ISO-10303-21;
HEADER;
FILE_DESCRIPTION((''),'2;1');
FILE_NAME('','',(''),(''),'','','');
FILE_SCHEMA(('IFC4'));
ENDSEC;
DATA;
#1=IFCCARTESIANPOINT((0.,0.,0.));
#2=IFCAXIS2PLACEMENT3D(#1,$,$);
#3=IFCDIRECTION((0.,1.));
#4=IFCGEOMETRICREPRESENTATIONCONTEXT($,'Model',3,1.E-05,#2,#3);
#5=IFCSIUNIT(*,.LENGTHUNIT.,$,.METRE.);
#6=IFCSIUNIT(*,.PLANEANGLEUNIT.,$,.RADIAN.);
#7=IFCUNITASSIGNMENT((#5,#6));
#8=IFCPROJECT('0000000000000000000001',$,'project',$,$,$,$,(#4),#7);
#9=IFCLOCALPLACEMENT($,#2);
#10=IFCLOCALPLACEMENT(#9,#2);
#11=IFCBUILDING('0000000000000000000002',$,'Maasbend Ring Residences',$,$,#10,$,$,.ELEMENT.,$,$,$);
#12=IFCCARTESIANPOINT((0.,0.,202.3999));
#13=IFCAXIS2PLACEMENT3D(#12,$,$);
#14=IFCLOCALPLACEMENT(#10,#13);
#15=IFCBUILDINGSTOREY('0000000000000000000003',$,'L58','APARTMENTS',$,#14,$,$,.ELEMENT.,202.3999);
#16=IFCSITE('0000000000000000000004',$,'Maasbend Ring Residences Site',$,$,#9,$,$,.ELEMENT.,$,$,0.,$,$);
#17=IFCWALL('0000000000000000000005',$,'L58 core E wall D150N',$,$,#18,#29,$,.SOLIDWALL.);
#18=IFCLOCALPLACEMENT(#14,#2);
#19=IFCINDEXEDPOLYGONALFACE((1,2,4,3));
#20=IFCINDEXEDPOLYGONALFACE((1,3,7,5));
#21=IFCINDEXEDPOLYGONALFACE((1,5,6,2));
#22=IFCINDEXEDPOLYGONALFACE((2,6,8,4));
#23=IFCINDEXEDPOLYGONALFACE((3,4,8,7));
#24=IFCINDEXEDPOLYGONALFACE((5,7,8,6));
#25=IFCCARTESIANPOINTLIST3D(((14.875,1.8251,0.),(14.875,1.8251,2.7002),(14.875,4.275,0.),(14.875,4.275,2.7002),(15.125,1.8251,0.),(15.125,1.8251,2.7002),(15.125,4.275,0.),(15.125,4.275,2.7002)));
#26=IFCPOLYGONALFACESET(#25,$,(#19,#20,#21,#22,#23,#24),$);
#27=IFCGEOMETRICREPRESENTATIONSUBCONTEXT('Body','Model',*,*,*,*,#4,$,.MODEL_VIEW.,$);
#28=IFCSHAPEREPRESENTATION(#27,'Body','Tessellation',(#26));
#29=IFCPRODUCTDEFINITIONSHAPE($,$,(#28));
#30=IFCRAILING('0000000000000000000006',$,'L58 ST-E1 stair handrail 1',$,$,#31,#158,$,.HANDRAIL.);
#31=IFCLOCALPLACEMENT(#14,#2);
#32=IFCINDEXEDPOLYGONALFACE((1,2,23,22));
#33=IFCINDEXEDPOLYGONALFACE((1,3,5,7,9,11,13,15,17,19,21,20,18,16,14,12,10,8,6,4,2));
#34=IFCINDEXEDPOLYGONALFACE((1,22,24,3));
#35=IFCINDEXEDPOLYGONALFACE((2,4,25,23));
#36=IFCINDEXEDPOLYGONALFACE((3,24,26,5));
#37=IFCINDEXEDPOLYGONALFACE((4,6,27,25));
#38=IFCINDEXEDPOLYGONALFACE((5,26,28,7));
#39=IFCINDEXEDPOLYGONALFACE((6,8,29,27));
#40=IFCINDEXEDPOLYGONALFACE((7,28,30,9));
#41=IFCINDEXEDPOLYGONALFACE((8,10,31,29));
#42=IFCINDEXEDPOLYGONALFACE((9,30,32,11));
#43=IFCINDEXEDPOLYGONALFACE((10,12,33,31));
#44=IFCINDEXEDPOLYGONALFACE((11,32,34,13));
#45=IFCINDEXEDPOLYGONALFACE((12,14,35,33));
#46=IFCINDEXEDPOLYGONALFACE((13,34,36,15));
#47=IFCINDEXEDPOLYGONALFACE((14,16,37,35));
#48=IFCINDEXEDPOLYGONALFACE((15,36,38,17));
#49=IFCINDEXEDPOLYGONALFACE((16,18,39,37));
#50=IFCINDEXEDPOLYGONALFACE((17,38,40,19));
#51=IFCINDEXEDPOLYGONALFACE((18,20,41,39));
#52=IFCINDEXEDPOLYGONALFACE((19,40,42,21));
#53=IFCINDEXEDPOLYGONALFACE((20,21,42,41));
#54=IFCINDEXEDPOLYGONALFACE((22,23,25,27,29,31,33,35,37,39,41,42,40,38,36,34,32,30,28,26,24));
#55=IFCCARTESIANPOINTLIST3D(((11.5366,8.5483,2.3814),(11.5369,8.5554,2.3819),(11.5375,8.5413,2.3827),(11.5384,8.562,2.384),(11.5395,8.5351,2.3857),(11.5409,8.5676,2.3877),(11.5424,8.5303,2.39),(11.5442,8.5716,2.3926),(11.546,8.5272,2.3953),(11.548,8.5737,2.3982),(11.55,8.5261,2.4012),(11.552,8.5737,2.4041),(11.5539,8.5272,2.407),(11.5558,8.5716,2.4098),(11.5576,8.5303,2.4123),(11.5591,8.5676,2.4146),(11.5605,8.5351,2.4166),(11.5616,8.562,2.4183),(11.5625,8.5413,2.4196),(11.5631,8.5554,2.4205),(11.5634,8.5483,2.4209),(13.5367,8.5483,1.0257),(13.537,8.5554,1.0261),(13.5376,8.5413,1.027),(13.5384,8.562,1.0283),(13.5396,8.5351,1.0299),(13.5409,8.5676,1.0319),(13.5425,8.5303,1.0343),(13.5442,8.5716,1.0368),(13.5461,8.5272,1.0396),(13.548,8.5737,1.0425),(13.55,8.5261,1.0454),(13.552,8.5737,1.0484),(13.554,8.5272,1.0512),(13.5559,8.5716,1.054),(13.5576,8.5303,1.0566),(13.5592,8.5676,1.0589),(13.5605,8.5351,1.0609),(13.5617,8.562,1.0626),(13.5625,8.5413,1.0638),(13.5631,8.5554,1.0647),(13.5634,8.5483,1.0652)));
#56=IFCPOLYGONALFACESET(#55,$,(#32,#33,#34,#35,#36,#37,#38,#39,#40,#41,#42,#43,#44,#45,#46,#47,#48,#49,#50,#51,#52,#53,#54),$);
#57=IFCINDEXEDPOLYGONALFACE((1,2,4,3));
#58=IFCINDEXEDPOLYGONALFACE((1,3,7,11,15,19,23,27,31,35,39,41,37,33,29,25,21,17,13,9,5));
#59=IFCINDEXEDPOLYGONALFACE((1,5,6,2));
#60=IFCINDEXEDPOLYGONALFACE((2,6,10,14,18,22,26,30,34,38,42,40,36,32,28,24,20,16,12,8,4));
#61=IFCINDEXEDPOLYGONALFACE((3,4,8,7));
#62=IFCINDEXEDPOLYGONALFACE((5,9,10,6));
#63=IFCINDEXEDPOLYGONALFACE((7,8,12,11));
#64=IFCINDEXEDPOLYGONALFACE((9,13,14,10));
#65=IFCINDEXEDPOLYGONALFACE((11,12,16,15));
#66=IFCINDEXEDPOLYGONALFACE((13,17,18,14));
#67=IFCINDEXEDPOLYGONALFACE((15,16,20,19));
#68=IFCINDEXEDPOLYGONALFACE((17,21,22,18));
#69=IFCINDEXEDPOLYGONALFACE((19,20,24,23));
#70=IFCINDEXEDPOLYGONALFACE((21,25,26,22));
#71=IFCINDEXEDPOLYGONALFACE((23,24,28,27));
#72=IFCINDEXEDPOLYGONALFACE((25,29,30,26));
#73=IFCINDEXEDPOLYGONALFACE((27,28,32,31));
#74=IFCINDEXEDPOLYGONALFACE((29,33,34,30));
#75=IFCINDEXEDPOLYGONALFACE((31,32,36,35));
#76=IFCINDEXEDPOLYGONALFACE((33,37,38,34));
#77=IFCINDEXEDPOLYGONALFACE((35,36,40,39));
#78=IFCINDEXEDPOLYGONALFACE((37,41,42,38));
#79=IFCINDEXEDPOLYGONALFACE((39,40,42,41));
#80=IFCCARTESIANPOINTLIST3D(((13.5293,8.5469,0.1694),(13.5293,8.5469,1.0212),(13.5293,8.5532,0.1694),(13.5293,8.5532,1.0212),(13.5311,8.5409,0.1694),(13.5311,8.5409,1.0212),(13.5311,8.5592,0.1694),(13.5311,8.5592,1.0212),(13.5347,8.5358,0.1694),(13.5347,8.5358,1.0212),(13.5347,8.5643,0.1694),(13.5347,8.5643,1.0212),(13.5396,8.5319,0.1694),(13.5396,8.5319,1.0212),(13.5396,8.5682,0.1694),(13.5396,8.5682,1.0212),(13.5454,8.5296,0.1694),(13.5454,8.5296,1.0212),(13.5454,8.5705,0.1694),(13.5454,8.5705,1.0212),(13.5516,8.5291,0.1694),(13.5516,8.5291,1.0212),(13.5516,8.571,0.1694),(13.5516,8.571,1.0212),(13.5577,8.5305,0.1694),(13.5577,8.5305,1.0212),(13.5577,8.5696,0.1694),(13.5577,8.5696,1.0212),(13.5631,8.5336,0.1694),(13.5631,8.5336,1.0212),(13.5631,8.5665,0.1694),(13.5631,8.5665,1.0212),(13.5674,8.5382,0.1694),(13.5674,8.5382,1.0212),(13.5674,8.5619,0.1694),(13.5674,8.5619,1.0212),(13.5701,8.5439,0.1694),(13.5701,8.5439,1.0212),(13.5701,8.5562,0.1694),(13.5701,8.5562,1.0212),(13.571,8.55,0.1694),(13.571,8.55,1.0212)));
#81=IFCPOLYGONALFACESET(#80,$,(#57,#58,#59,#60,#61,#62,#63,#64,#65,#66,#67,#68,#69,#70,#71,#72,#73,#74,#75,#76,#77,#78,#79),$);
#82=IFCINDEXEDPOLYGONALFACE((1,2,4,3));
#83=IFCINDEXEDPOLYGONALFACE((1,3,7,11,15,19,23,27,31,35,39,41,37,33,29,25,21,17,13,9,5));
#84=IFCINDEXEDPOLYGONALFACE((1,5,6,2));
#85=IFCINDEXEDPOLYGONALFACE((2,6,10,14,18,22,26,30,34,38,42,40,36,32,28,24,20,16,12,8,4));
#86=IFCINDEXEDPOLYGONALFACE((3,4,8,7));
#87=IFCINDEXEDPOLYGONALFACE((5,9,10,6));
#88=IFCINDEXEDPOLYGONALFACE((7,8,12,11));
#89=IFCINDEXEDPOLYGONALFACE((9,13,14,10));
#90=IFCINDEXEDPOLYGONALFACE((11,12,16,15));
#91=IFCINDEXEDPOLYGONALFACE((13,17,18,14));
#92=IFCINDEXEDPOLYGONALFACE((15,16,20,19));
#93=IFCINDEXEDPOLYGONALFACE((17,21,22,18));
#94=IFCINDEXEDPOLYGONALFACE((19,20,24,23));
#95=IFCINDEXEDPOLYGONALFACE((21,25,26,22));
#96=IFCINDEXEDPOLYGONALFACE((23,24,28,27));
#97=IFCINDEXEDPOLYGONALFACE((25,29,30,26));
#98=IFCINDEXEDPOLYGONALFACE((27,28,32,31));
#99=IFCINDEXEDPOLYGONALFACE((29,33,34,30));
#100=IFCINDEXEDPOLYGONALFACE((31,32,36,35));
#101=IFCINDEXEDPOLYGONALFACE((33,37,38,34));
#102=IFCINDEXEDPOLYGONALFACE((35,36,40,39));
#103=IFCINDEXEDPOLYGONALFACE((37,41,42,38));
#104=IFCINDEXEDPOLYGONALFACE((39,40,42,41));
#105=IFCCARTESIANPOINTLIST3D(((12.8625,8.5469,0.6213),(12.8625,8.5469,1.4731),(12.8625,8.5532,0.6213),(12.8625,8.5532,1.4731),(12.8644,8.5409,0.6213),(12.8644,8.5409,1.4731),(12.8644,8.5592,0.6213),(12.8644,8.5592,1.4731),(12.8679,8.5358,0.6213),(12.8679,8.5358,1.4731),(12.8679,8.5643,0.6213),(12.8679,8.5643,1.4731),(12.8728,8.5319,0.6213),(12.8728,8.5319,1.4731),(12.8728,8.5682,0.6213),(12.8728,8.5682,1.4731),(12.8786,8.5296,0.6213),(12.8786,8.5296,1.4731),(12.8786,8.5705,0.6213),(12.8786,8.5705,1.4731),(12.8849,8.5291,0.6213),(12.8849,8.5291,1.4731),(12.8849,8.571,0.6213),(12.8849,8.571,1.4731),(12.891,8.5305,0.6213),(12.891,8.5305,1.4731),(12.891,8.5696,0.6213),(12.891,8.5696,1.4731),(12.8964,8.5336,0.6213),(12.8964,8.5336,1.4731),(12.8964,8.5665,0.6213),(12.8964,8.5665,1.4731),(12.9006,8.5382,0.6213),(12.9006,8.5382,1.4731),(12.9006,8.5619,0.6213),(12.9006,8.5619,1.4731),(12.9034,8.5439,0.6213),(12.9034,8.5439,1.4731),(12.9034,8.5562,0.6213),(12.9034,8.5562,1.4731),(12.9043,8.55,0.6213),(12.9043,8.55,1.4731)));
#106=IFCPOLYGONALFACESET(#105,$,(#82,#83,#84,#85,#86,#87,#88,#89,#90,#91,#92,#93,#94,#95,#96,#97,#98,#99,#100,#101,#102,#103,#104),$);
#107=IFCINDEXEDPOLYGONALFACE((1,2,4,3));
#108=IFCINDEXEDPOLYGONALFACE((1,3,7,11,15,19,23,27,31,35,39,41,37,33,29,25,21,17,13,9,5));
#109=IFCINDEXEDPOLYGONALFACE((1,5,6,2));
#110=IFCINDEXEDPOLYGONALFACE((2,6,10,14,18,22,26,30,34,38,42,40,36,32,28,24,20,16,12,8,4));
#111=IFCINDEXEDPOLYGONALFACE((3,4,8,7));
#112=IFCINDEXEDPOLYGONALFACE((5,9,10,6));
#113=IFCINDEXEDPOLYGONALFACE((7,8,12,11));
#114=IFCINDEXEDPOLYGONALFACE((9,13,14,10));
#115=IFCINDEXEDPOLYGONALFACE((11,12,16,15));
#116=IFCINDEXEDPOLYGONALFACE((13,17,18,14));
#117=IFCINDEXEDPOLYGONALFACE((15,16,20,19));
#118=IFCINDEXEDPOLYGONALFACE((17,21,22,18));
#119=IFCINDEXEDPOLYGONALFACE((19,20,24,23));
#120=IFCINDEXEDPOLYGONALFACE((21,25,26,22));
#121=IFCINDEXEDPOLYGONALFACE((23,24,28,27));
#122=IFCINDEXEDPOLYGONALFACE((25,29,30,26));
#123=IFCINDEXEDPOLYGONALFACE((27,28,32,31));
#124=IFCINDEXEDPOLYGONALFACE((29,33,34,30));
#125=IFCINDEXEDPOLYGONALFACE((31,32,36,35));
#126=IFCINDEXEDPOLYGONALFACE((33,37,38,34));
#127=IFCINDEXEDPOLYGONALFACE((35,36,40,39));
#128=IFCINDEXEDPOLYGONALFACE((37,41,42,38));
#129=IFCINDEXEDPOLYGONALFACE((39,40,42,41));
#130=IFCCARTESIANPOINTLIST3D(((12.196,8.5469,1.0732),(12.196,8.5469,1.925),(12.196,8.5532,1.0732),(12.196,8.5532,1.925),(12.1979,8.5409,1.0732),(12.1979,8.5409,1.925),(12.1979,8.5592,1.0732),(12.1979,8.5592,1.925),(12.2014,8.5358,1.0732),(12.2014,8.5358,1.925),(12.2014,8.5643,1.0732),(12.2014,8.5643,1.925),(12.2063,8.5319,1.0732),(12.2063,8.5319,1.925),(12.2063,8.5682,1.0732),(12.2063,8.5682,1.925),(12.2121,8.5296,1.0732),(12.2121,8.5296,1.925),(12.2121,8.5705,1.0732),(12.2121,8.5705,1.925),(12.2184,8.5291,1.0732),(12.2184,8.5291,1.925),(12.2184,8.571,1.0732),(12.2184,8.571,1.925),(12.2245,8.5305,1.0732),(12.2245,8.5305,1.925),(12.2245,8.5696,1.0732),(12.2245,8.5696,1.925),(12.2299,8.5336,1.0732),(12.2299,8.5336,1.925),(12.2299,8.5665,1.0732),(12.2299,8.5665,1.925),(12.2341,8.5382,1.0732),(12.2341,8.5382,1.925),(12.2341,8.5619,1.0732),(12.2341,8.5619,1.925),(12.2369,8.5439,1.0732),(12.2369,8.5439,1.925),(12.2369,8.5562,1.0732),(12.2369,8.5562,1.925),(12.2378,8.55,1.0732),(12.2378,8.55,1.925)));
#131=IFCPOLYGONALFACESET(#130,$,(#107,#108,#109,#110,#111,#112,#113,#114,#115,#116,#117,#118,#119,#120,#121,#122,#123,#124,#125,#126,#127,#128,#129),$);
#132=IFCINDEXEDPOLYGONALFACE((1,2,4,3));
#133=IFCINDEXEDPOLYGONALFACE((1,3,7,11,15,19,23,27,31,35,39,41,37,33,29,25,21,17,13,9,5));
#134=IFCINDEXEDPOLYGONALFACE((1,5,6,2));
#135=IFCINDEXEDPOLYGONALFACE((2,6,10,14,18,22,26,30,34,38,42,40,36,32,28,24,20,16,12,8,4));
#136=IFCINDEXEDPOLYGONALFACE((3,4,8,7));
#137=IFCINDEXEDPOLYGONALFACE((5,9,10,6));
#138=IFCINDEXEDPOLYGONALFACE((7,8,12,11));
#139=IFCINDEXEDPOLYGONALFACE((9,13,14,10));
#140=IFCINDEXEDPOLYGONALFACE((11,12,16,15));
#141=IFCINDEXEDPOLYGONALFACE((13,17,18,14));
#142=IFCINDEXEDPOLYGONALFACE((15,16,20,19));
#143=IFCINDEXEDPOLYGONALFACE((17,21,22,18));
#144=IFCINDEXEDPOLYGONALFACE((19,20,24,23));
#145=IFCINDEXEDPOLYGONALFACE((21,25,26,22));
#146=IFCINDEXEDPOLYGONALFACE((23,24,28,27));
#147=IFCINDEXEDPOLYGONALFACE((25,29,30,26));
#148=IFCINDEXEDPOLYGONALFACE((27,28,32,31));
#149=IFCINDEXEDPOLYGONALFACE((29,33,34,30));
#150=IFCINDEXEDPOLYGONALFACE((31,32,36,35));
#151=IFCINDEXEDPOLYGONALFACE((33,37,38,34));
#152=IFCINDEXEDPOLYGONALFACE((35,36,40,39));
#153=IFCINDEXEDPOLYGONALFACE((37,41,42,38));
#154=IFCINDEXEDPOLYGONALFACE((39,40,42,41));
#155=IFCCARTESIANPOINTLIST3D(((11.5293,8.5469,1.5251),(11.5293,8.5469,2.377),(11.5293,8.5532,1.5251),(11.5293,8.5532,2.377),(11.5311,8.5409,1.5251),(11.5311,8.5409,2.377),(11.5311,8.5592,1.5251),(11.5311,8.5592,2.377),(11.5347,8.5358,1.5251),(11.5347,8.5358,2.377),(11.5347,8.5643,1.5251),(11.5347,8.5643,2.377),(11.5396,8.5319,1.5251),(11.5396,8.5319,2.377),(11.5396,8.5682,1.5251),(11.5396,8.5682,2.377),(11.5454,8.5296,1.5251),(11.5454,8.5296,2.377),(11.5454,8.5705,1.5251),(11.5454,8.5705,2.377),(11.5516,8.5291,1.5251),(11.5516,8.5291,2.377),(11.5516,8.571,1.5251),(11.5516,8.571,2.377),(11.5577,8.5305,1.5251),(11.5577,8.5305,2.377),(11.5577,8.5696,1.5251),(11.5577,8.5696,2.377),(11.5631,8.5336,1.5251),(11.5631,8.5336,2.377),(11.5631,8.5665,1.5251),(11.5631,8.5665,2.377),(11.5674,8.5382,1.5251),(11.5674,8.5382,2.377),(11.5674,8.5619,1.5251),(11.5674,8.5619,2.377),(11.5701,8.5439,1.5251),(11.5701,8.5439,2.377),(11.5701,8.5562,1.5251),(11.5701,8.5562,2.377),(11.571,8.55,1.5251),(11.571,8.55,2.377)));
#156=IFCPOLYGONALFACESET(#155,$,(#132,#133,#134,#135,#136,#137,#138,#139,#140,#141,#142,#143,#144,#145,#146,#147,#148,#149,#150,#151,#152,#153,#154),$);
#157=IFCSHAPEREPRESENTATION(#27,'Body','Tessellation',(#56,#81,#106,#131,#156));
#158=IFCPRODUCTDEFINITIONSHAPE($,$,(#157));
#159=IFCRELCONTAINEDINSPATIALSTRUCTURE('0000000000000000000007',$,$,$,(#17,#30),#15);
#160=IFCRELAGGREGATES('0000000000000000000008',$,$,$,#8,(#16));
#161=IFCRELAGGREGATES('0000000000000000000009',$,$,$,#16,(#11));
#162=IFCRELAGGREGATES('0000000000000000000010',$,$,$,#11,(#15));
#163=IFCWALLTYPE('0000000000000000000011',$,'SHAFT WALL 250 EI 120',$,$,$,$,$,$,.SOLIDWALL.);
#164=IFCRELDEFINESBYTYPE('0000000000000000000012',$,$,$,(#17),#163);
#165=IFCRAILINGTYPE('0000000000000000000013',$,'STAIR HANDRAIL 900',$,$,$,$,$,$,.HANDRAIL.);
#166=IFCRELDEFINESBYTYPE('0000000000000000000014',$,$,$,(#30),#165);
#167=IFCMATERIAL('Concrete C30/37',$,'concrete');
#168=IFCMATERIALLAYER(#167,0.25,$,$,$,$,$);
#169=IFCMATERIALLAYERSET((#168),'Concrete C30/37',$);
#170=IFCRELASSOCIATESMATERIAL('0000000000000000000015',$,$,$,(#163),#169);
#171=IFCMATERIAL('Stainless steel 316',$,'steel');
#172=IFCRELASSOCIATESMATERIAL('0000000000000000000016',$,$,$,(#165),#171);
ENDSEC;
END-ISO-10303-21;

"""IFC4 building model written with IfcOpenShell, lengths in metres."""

from ifc_helpers import new_model, si_unit, direction, frame, frame_2d, origin, origin_2d, place, context, subcontext, project, spatial, rectangle, circle, extrude, material, layer, layer_set, type_object, element, save


model = new_model("IFC4")

# Units and contexts
model_context = context("Model", 3, precision=1e-05, world=origin(), true_north=direction((0.0, 1.0)))
body_context = subcontext(model_context, "Body", "Model", "MODEL_VIEW")
ifc_project = project(units=[si_unit("LENGTHUNIT", "METRE"), si_unit("PLANEANGLEUNIT", "RADIAN")], contexts=[model_context])

# Site, building, storey
site_placement = place(None, origin())
site = spatial("IfcSite", under=ifc_project, at=site_placement, Name="Maasbend Ring Residences Site", CompositionType="ELEMENT", RefElevation=0.0)
building_placement = place(site_placement, origin())
building = spatial("IfcBuilding", under=site, at=building_placement, Name="Maasbend Ring Residences", CompositionType="ELEMENT")
storey_placement = place(building_placement, frame((0.0, 0.0, 202.3999)))
storey = spatial("IfcBuildingStorey", under=building, at=storey_placement, Name="L58", Description="APARTMENTS", CompositionType="ELEMENT", Elevation=202.3999)

# Wall
ifc_material_1 = material(Name="Concrete C30/37", Category="concrete")
ifc_layer_1 = layer(ifc_material_1, 0.25)
ifc_layer_set_1 = layer_set([ifc_layer_1], Name="Concrete C30/37")
wall_type_1 = type_object("IfcWallType", Name="SHAFT WALL 250 EI 120", PredefinedType="SOLIDWALL", material=ifc_layer_set_1)
wall_1_placement = place(storey_placement, frame((15.0, 1.825, 0.0), z_axis=(0.0, 0.0, 1.0), x_axis=(0.0, 1.0, 0.0)))
element("IfcWall", 1, at=wall_1_placement, inside=storey, type_object=wall_type_1, Name="L58 core E wall D150N", PredefinedType="SOLIDWALL", context=body_context, shape_type="SweptSolid", body=[
    extrude(rectangle(XDim=2.45, YDim=0.25, at=frame_2d((1.2251, 0.0))), origin(), (0.0, 0.0, 1.0), 2.7002),
])

# Railing
ifc_material_2 = material(Name="Stainless steel 316", Category="steel")
railing_type_1 = type_object("IfcRailingType", Name="STAIR HANDRAIL 900", PredefinedType="HANDRAIL", material=ifc_material_2)
railing_1_placement = place(storey_placement, frame((13.55, 8.55, 0.1694)))
element("IfcRailing", 2, at=railing_1_placement, inside=storey, type_object=railing_type_1, Name="L58 ST-E1 stair handrail 1", PredefinedType="HANDRAIL", context=body_context, shape_type="SweptSolid", body=[
    extrude(circle(Radius=0.0239, at=origin_2d()), frame((0.0, 0.0, 0.876), z_axis=(-0.827751, 0.0, 0.561096), x_axis=(0.0, -1.0, 0.0)), (0.0, 0.0, 1.0), 2.4163),
    extrude(circle(Radius=0.021, at=origin_2d()), origin(), (0.0, 0.0, 1.0), 0.8518),
    extrude(circle(Radius=0.021, at=origin_2d()), frame((-0.6667, 0.0, 0.4519)), (0.0, 0.0, 1.0), 0.8518),
    extrude(circle(Radius=0.021, at=origin_2d()), frame((-1.3333, 0.0, 0.9038)), (0.0, 0.0, 1.0), 0.8518),
    extrude(circle(Radius=0.021, at=origin_2d()), frame((-2.0, 0.0, 1.3557)), (0.0, 0.0, 1.0), 0.8518),
])

save(model, "model.ifc")
